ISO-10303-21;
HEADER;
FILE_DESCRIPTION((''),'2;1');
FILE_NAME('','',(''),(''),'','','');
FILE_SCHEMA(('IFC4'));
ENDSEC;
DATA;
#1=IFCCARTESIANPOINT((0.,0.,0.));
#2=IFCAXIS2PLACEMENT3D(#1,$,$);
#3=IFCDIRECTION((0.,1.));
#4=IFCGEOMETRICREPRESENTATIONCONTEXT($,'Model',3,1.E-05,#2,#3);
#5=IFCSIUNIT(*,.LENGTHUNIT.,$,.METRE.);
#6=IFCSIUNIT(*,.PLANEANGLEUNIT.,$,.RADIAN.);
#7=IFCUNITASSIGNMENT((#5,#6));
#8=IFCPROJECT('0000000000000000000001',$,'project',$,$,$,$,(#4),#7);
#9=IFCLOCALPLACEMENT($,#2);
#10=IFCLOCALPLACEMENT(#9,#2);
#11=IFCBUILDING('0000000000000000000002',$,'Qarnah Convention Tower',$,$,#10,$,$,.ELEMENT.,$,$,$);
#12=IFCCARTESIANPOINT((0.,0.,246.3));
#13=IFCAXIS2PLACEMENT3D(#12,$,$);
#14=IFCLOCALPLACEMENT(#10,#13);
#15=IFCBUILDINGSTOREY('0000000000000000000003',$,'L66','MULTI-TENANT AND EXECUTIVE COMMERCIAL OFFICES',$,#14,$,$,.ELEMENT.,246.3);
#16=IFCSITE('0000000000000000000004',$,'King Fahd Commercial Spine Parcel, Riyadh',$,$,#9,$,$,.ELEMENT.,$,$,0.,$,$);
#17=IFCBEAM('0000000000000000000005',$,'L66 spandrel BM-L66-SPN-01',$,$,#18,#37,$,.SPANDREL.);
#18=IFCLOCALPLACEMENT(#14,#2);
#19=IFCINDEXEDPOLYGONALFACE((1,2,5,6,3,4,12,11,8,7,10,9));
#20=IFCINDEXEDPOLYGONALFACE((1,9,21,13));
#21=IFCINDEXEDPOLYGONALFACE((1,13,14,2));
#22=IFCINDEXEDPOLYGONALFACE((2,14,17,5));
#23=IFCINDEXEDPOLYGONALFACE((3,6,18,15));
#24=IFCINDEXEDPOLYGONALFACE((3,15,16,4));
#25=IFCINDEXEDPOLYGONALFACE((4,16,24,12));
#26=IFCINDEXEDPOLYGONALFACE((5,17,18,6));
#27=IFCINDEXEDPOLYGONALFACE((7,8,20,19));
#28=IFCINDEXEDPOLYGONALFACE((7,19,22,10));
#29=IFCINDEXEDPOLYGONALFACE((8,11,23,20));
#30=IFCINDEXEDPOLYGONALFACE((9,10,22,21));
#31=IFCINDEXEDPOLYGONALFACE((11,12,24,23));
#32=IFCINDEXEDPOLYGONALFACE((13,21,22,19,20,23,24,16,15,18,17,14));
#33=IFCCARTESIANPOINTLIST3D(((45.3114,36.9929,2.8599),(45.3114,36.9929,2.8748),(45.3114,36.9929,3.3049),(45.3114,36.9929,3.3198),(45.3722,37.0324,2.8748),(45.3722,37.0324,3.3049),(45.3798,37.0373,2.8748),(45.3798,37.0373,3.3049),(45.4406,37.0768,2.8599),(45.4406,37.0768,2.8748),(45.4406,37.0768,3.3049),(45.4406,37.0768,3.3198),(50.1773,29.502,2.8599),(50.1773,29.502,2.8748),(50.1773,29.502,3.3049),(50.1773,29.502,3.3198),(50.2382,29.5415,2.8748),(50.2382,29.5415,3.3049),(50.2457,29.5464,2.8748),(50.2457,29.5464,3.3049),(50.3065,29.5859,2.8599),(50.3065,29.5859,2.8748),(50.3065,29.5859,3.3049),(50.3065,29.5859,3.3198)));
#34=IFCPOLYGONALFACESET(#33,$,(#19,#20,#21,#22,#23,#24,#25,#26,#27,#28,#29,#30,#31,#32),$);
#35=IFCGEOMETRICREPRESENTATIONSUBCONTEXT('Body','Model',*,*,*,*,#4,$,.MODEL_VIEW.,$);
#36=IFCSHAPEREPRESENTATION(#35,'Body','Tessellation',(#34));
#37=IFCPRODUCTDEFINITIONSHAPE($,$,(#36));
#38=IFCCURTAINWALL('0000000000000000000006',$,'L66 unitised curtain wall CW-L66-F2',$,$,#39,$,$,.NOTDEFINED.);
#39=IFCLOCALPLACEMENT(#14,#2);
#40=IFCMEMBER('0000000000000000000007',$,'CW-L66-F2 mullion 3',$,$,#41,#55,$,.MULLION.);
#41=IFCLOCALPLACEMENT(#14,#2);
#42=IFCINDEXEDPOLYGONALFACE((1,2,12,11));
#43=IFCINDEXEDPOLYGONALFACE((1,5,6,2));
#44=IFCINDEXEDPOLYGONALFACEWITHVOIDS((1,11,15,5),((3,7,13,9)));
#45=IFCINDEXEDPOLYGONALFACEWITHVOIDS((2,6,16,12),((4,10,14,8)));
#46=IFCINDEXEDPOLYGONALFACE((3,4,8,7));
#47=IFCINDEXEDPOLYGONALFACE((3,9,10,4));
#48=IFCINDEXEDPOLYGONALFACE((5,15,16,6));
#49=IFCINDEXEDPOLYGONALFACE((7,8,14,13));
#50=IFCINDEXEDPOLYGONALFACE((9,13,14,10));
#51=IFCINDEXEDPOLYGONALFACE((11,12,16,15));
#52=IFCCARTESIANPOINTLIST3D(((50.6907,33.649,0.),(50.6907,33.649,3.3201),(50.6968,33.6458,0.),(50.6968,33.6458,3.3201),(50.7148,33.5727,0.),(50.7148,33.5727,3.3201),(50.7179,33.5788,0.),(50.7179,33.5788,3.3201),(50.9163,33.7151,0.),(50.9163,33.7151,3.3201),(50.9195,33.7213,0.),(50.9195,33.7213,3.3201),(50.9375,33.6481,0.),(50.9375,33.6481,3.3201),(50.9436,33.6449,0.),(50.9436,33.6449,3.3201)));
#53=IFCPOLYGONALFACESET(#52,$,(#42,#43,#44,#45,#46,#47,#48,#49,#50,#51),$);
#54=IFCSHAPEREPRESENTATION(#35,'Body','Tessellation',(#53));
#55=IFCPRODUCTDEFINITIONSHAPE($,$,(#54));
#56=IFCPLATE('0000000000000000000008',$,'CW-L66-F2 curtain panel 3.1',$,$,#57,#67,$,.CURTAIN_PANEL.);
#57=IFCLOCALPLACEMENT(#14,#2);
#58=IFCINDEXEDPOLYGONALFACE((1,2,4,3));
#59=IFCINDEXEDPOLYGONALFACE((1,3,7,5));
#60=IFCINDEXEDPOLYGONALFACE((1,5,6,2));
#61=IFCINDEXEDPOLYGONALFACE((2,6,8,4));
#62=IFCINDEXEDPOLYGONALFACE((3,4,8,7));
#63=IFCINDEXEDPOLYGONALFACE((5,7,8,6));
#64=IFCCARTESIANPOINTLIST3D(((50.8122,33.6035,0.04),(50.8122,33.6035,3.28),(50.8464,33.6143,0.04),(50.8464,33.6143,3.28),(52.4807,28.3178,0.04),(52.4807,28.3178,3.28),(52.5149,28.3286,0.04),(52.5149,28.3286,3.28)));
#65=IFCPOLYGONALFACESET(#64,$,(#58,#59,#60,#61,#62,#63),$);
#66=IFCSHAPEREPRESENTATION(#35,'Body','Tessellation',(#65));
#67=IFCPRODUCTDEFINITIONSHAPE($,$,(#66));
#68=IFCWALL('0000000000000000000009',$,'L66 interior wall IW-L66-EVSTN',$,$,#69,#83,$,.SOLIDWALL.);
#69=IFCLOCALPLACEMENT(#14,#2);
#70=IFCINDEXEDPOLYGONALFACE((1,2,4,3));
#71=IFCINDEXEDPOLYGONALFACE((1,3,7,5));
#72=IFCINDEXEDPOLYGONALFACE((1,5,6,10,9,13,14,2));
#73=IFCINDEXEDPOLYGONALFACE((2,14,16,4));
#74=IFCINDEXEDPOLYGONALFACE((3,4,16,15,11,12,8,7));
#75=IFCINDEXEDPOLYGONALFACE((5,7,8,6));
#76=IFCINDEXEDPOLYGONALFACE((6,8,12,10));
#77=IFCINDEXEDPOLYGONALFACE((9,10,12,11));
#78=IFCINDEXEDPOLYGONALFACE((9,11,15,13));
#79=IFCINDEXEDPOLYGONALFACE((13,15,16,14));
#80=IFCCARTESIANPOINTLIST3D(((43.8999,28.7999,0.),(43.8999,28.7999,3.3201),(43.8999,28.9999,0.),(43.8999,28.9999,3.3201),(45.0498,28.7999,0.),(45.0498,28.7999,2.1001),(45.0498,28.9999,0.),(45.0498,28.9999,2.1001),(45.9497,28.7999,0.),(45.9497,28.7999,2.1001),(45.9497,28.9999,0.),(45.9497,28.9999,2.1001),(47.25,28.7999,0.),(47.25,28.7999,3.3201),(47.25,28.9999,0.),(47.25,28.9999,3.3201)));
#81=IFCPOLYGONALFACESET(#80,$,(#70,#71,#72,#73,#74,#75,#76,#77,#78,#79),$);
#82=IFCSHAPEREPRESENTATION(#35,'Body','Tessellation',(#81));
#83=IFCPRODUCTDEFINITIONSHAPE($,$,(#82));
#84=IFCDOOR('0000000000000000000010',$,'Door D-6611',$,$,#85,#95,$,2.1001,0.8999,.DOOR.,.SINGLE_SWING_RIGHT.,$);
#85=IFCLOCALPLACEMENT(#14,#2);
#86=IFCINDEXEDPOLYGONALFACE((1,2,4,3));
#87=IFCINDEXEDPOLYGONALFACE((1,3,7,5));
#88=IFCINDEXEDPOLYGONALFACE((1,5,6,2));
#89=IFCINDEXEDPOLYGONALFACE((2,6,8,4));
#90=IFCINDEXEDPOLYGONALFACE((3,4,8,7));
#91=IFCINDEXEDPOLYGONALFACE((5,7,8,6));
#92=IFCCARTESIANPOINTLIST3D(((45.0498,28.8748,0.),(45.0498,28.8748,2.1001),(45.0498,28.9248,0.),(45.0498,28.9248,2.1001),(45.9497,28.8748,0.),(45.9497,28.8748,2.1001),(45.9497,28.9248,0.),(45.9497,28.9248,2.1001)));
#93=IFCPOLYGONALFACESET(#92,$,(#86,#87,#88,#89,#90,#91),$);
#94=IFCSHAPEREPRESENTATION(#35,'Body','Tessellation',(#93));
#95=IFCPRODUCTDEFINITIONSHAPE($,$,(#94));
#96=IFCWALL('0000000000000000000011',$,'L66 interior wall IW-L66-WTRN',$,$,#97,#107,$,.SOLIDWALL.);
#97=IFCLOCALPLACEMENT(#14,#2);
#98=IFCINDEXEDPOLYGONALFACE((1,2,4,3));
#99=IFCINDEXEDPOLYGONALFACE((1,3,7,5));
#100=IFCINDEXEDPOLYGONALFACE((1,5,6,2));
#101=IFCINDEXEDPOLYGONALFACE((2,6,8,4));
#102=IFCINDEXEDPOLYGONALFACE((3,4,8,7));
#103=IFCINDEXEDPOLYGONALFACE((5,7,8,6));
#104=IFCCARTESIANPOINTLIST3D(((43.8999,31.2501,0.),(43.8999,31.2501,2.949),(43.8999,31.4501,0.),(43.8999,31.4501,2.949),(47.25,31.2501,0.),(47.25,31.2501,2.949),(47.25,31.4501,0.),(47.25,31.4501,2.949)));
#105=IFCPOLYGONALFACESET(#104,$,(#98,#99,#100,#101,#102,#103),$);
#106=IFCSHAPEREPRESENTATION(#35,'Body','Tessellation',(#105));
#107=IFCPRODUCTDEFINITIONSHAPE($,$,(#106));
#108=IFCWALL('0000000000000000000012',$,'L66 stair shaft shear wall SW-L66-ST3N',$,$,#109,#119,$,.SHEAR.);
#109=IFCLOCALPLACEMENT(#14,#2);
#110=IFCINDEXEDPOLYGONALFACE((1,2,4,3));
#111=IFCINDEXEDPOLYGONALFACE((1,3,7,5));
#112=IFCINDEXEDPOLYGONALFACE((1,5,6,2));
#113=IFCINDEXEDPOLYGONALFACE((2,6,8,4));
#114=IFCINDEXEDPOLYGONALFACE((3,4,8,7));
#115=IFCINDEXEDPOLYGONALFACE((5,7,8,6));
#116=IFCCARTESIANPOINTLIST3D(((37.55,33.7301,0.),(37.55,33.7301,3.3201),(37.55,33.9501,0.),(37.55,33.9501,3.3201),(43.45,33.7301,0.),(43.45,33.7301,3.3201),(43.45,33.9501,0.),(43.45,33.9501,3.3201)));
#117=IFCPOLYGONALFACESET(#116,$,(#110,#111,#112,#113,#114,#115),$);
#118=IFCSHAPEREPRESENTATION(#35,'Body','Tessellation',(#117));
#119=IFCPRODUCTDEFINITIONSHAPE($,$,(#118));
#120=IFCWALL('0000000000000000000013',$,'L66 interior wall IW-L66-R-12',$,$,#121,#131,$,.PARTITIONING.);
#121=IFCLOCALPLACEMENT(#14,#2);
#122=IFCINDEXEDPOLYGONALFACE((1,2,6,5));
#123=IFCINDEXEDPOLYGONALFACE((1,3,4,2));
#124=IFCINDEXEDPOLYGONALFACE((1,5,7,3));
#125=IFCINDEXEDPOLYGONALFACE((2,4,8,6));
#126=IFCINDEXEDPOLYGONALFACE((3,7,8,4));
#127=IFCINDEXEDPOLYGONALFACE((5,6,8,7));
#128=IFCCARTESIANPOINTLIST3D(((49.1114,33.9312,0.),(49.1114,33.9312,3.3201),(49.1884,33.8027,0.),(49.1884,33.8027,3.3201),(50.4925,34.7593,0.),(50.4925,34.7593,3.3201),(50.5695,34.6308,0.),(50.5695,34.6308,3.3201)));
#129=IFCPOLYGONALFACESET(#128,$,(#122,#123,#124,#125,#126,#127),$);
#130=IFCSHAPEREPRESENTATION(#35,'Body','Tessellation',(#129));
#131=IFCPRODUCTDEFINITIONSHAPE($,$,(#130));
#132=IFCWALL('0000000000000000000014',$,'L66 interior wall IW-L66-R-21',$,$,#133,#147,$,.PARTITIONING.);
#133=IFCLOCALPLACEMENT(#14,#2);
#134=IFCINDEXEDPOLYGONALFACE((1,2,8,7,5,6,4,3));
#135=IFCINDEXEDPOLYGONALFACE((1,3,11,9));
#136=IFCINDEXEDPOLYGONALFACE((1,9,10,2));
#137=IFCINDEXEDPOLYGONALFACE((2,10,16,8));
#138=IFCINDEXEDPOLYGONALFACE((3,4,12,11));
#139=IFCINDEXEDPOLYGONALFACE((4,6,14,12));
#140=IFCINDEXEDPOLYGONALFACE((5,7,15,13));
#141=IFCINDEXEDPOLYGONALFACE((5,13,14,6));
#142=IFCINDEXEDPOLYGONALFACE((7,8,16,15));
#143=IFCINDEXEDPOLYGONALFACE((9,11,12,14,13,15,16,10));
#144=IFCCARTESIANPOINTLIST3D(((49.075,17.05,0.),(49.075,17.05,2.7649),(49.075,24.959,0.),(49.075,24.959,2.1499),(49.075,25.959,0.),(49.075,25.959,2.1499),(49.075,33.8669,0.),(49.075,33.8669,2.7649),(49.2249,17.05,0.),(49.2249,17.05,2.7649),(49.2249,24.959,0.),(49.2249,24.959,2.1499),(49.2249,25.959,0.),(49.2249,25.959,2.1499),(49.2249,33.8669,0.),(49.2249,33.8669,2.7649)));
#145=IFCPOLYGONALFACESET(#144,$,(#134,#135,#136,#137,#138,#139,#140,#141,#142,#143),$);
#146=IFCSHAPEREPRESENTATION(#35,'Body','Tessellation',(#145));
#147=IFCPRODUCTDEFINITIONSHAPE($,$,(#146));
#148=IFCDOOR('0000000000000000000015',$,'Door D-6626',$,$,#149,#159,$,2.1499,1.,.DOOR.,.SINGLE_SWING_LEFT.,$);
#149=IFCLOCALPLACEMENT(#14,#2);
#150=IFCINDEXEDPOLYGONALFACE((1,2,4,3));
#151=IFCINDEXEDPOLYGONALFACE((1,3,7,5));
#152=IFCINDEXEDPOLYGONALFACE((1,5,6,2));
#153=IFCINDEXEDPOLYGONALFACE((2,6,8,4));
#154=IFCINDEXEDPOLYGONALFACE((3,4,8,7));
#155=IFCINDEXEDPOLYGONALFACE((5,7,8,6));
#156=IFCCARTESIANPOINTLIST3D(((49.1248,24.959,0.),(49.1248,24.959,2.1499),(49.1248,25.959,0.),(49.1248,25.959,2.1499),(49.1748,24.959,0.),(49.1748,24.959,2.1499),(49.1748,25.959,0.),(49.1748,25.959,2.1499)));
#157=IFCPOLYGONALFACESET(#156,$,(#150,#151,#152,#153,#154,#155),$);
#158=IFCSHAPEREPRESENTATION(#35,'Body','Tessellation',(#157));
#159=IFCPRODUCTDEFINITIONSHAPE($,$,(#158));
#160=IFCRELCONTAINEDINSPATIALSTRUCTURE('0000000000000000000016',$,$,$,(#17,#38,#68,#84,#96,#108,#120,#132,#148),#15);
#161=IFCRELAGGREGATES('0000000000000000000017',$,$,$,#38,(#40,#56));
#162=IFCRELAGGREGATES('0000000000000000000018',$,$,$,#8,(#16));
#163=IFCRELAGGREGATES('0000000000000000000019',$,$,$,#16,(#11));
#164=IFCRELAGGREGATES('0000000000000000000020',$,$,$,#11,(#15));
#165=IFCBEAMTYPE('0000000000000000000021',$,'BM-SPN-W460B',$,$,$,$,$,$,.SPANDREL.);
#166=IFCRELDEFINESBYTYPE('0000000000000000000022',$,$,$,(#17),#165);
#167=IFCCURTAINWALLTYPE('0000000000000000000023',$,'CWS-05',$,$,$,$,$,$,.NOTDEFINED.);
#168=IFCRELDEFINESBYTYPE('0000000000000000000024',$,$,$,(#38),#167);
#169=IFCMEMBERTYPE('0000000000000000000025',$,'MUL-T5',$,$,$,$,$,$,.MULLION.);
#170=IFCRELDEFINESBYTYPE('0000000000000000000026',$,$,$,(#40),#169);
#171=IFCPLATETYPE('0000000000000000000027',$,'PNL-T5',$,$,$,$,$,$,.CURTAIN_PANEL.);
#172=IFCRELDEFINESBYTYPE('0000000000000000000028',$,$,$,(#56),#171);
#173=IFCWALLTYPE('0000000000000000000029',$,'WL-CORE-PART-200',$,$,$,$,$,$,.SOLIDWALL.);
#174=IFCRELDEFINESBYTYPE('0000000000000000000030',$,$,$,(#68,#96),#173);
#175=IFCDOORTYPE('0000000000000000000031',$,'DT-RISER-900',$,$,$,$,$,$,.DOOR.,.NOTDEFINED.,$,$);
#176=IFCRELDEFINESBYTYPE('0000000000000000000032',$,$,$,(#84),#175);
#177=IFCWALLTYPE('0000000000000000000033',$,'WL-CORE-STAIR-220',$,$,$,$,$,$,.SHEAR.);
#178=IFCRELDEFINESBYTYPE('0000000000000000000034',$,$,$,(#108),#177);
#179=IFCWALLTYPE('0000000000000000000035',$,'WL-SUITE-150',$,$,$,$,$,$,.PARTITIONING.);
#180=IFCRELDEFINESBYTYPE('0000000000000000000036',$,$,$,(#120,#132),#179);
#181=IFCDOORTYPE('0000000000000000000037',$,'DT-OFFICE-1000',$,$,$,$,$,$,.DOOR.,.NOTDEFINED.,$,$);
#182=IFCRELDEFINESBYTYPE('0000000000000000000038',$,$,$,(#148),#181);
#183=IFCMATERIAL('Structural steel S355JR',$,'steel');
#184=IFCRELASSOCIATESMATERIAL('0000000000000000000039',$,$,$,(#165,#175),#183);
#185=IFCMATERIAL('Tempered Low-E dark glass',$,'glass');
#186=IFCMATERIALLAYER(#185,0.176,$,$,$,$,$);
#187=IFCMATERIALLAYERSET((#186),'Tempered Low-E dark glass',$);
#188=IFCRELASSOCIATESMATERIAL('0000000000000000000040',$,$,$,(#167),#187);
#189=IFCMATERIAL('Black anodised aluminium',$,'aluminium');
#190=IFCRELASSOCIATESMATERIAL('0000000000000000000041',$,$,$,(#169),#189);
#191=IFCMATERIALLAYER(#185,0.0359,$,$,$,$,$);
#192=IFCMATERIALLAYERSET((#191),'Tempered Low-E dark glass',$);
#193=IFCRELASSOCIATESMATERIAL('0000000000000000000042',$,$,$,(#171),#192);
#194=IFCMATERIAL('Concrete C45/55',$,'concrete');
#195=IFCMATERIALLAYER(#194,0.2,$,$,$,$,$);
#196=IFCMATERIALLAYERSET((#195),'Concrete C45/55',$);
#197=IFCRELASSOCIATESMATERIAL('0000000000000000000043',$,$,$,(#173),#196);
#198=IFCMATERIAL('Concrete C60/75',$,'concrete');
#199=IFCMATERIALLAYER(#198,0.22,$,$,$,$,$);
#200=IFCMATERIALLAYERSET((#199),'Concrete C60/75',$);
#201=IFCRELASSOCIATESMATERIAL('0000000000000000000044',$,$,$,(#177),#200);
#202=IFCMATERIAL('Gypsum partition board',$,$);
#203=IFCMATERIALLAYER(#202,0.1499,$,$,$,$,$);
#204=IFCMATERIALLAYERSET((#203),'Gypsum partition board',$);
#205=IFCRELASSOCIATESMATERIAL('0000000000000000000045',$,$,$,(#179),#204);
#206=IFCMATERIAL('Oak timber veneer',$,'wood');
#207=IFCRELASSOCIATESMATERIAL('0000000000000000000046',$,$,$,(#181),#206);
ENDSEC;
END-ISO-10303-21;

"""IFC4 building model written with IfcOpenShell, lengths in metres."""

from ifc_helpers import new_model, si_unit, direction, frame, frame_2d, origin, origin_2d, place, context, subcontext, project, spatial, rectangle, hollow_rectangle, i_section, extrude, material, layer, layer_set, material_profile, profile_set, type_object, element, fill, aggregate, save


model = new_model("IFC4")

# Units and contexts
model_context = context("Model", 3, precision=1e-05, world=origin(), true_north=direction((0.0, 1.0)))
body_context = subcontext(model_context, "Body", "Model", "MODEL_VIEW")
ifc_project = project(units=[si_unit("LENGTHUNIT", "METRE"), si_unit("PLANEANGLEUNIT", "RADIAN")], contexts=[model_context])

# Site, building, storey
site_placement = place(None, origin())
site = spatial("IfcSite", under=ifc_project, at=site_placement, Name="King Fahd Commercial Spine Parcel, Riyadh", CompositionType="ELEMENT", RefElevation=0.0)
building_placement = place(site_placement, origin())
building = spatial("IfcBuilding", under=site, at=building_placement, Name="Qarnah Convention Tower", CompositionType="ELEMENT")
storey_placement = place(building_placement, frame((0.0, 0.0, 246.3)))
storey = spatial("IfcBuildingStorey", under=building, at=storey_placement, Name="L66", Description="MULTI-TENANT AND EXECUTIVE COMMERCIAL OFFICES", CompositionType="ELEMENT", Elevation=246.3)

# Beam
ifc_material_1 = material(Name="Structural steel S355JR", Category="steel")
ifc_material_profile_1 = material_profile(ifc_material_1, i_section(OverallWidth=0.1541, OverallDepth=0.46, WebThickness=0.009, FlangeThickness=0.0149, at=origin_2d()), Name="W460X68")
ifc_profile_set_1 = profile_set([ifc_material_profile_1], Name="Structural steel S355JR")
beam_type_1 = type_object("IfcBeamType", Name="BM-SPN-W460B", PredefinedType="SPANDREL", material=ifc_profile_set_1)
beam_1_placement = place(storey_placement, frame((50.2419, 29.5439, 3.0898), z_axis=(-0.54474, 0.838605, 0.0), x_axis=(-0.838605, -0.54474, 0.0)))
element("IfcBeam", 1, at=beam_1_placement, inside=storey, type_object=beam_type_1, Name="L66 spandrel BM-L66-SPN-01", PredefinedType="SPANDREL", context=body_context, shape_type="SweptSolid", body=[
    extrude(i_section(OverallWidth=0.1541, OverallDepth=0.46, WebThickness=0.009, FlangeThickness=0.0149, at=origin_2d()), origin(), (0.0, 0.0, 1.0), 8.9326),
])

# Curtain wall, member, plate
ifc_material_2 = material(Name="Tempered Low-E dark glass", Category="glass")
ifc_layer_1 = layer(ifc_material_2, 0.176)
ifc_layer_set_1 = layer_set([ifc_layer_1], Name="Tempered Low-E dark glass")
curtain_wall_type = type_object("IfcCurtainWallType", Name="CWS-05", PredefinedType="NOTDEFINED", material=ifc_layer_set_1)
curtain_wall_placement = place(storey_placement, origin())
curtain_wall = element("IfcCurtainWall", 2, at=curtain_wall_placement, inside=storey, type_object=curtain_wall_type, Name="L66 unitised curtain wall CW-L66-F2", PredefinedType="NOTDEFINED")
ifc_material_3 = material(Name="Black anodised aluminium", Category="aluminium")
ifc_material_profile_2 = material_profile(ifc_material_3, hollow_rectangle(XDim=0.0801, YDim=0.24, WallThickness=0.0049, at=origin_2d()), Name="MUL-80X240")
ifc_profile_set_2 = profile_set([ifc_material_profile_2], Name="Black anodised aluminium")
member_type = type_object("IfcMemberType", Name="MUL-T5", PredefinedType="MULLION", material=ifc_profile_set_2)
member_placement = place(storey_placement, frame((50.8171, 33.647, 0.0), z_axis=(0.0, 0.0, 1.0), x_axis=(0.301024, -0.953617, 0.0)))
member = element("IfcMember", 3, at=member_placement, type_object=member_type, Name="CW-L66-F2 mullion 3", PredefinedType="MULLION", context=body_context, shape_type="SweptSolid", body=[
    extrude(hollow_rectangle(XDim=0.0801, YDim=0.24, WallThickness=0.0049, at=origin_2d()), origin(), (0.0, 0.0, 1.0), 3.3201),
])
ifc_layer_2 = layer(ifc_material_2, 0.0359)
ifc_layer_set_2 = layer_set([ifc_layer_2], Name="Tempered Low-E dark glass")
plate_type = type_object("IfcPlateType", Name="PNL-T5", PredefinedType="CURTAIN_PANEL", material=ifc_layer_set_2)
plate_placement = place(storey_placement, frame((51.6636, 30.9661, 0.04), z_axis=(0.0, 0.0, 1.0), x_axis=(0.301024, -0.953617, 0.0)))
plate = element("IfcPlate", 4, at=plate_placement, type_object=plate_type, Name="CW-L66-F2 curtain panel 3.1", PredefinedType="CURTAIN_PANEL", context=body_context, shape_type="SweptSolid", body=[
    extrude(rectangle(XDim=5.5427, YDim=0.0359, at=origin_2d()), origin(), (0.0, 0.0, 1.0), 3.24),
])
aggregate(curtain_wall, [member, plate])

# Wall, opening, door
ifc_material_4 = material(Name="Concrete C45/55", Category="concrete")
ifc_layer_3 = layer(ifc_material_4, 0.2)
ifc_layer_set_3 = layer_set([ifc_layer_3], Name="Concrete C45/55")
wall_type_1 = type_object("IfcWallType", Name="WL-CORE-PART-200", PredefinedType="SOLIDWALL", material=ifc_layer_set_3)
wall_1_placement = place(storey_placement, frame((43.8999, 28.8999, 0.0), z_axis=(0.0, 0.0, 1.0), x_axis=(1.0, 0.0, 0.0)))
wall_1 = element("IfcWall", 5, at=wall_1_placement, inside=storey, type_object=wall_type_1, Name="L66 interior wall IW-L66-EVSTN", PredefinedType="SOLIDWALL", context=body_context, shape_type="SweptSolid", body=[
    extrude(rectangle(XDim=3.3501, YDim=0.2, at=frame_2d((1.675, 0.0))), origin(), (0.0, 0.0, 1.0), 3.3201),
])
opening_1_placement = place(wall_1_placement, frame((1.1499, 0.0, 0.0)))
opening_1 = element("IfcOpeningElement", 6, at=opening_1_placement, cuts=wall_1, PredefinedType="OPENING", context=body_context, shape_type="SweptSolid", body=[
    extrude(rectangle(XDim=0.8999, YDim=2.1001, at=frame_2d((0.45, 1.05))), frame((0.0, 0.1099, 0.0), z_axis=(0.0, -1.0, 0.0), x_axis=(1.0, 0.0, 0.0)), (0.0, 0.0, 1.0), 0.22),
])
door_type_1 = type_object("IfcDoorType", Name="DT-RISER-900", OperationType="NOTDEFINED", PredefinedType="DOOR", material=ifc_material_1)
door_1_placement = place(opening_1_placement, origin())
door_1 = element("IfcDoor", 7, at=door_1_placement, inside=storey, type_object=door_type_1, Name="Door D-6611", OperationType="SINGLE_SWING_RIGHT", OverallHeight=2.1001, OverallWidth=0.8999, PredefinedType="DOOR", context=body_context, shape_type="SweptSolid", body=[
    extrude(rectangle(XDim=0.8999, YDim=2.1001, at=frame_2d((0.45, 1.05))), frame((0.0, 0.0249, 0.0), z_axis=(0.0, -1.0, 0.0), x_axis=(1.0, 0.0, 0.0)), (0.0, 0.0, 1.0), 0.05),
])
fill(opening_1, door_1)

# Walls
wall_2_placement = place(storey_placement, frame((43.8999, 31.3501, 0.0), z_axis=(0.0, 0.0, 1.0), x_axis=(1.0, 0.0, 0.0)))
element("IfcWall", 8, at=wall_2_placement, inside=storey, type_object=wall_type_1, Name="L66 interior wall IW-L66-WTRN", PredefinedType="SOLIDWALL", context=body_context, shape_type="SweptSolid", body=[
    extrude(rectangle(XDim=3.3501, YDim=0.2, at=frame_2d((1.675, 0.0))), origin(), (0.0, 0.0, 1.0), 2.949),
])
ifc_material_5 = material(Name="Concrete C60/75", Category="concrete")
ifc_layer_4 = layer(ifc_material_5, 0.22)
ifc_layer_set_4 = layer_set([ifc_layer_4], Name="Concrete C60/75")
wall_type_2 = type_object("IfcWallType", Name="WL-CORE-STAIR-220", PredefinedType="SHEAR", material=ifc_layer_set_4)
wall_3_placement = place(storey_placement, frame((37.55, 33.8401, 0.0), z_axis=(0.0, 0.0, 1.0), x_axis=(1.0, 0.0, 0.0)))
element("IfcWall", 9, at=wall_3_placement, inside=storey, type_object=wall_type_2, Name="L66 stair shaft shear wall SW-L66-ST3N", PredefinedType="SHEAR", context=body_context, shape_type="SweptSolid", body=[
    extrude(rectangle(XDim=5.8999, YDim=0.22, at=frame_2d((2.95, 0.0))), origin(), (0.0, 0.0, 1.0), 3.3201),
])
ifc_material_6 = material(Name="Gypsum partition board")
ifc_layer_5 = layer(ifc_material_6, 0.1499)
ifc_layer_set_5 = layer_set([ifc_layer_5], Name="Gypsum partition board")
wall_type_3 = type_object("IfcWallType", Name="WL-SUITE-150", PredefinedType="PARTITIONING", material=ifc_layer_set_5)
wall_4_placement = place(storey_placement, frame((49.1499, 33.8669, 0.0), z_axis=(0.0, 0.0, 1.0), x_axis=(0.85764, 0.51425, 0.0)))
element("IfcWall", 10, at=wall_4_placement, inside=storey, type_object=wall_type_3, Name="L66 interior wall IW-L66-R-12", PredefinedType="PARTITIONING", context=body_context, shape_type="SweptSolid", body=[
    extrude(rectangle(XDim=1.6104, YDim=0.1499, at=frame_2d((0.8052, 0.0))), origin(), (0.0, 0.0, 1.0), 3.3201),
])

# Wall, opening, door
wall_5_placement = place(storey_placement, frame((49.1499, 33.8669, 0.0), z_axis=(0.0, 0.0, 1.0), x_axis=(0.0, -1.0, 0.0)))
wall_5 = element("IfcWall", 11, at=wall_5_placement, inside=storey, type_object=wall_type_3, Name="L66 interior wall IW-L66-R-21", PredefinedType="PARTITIONING", context=body_context, shape_type="SweptSolid", body=[
    extrude(rectangle(XDim=16.8169, YDim=0.1499, at=frame_2d((8.4084, 0.0))), origin(), (0.0, 0.0, 1.0), 2.7649),
])
opening_2_placement = place(wall_5_placement, frame((7.908, 0.0, 0.0)))
opening_2 = element("IfcOpeningElement", 12, at=opening_2_placement, cuts=wall_5, PredefinedType="OPENING", context=body_context, shape_type="SweptSolid", body=[
    extrude(rectangle(XDim=1.0, YDim=2.1499, at=frame_2d((0.5, 1.075))), frame((0.0, 0.085, 0.0), z_axis=(0.0, -1.0, 0.0), x_axis=(1.0, 0.0, 0.0)), (0.0, 0.0, 1.0), 0.1699),
])
ifc_material_7 = material(Name="Oak timber veneer", Category="wood")
door_type_2 = type_object("IfcDoorType", Name="DT-OFFICE-1000", OperationType="NOTDEFINED", PredefinedType="DOOR", material=ifc_material_7)
door_2_placement = place(opening_2_placement, origin())
door_2 = element("IfcDoor", 13, at=door_2_placement, inside=storey, type_object=door_type_2, Name="Door D-6626", OperationType="SINGLE_SWING_LEFT", OverallHeight=2.1499, OverallWidth=1.0, PredefinedType="DOOR", context=body_context, shape_type="SweptSolid", body=[
    extrude(rectangle(XDim=1.0, YDim=2.1499, at=frame_2d((0.5, 1.075))), frame((0.0, 0.0249, 0.0), z_axis=(0.0, -1.0, 0.0), x_axis=(1.0, 0.0, 0.0)), (0.0, 0.0, 1.0), 0.05),
])
fill(opening_2, door_2)

save(model, "model.ifc")
